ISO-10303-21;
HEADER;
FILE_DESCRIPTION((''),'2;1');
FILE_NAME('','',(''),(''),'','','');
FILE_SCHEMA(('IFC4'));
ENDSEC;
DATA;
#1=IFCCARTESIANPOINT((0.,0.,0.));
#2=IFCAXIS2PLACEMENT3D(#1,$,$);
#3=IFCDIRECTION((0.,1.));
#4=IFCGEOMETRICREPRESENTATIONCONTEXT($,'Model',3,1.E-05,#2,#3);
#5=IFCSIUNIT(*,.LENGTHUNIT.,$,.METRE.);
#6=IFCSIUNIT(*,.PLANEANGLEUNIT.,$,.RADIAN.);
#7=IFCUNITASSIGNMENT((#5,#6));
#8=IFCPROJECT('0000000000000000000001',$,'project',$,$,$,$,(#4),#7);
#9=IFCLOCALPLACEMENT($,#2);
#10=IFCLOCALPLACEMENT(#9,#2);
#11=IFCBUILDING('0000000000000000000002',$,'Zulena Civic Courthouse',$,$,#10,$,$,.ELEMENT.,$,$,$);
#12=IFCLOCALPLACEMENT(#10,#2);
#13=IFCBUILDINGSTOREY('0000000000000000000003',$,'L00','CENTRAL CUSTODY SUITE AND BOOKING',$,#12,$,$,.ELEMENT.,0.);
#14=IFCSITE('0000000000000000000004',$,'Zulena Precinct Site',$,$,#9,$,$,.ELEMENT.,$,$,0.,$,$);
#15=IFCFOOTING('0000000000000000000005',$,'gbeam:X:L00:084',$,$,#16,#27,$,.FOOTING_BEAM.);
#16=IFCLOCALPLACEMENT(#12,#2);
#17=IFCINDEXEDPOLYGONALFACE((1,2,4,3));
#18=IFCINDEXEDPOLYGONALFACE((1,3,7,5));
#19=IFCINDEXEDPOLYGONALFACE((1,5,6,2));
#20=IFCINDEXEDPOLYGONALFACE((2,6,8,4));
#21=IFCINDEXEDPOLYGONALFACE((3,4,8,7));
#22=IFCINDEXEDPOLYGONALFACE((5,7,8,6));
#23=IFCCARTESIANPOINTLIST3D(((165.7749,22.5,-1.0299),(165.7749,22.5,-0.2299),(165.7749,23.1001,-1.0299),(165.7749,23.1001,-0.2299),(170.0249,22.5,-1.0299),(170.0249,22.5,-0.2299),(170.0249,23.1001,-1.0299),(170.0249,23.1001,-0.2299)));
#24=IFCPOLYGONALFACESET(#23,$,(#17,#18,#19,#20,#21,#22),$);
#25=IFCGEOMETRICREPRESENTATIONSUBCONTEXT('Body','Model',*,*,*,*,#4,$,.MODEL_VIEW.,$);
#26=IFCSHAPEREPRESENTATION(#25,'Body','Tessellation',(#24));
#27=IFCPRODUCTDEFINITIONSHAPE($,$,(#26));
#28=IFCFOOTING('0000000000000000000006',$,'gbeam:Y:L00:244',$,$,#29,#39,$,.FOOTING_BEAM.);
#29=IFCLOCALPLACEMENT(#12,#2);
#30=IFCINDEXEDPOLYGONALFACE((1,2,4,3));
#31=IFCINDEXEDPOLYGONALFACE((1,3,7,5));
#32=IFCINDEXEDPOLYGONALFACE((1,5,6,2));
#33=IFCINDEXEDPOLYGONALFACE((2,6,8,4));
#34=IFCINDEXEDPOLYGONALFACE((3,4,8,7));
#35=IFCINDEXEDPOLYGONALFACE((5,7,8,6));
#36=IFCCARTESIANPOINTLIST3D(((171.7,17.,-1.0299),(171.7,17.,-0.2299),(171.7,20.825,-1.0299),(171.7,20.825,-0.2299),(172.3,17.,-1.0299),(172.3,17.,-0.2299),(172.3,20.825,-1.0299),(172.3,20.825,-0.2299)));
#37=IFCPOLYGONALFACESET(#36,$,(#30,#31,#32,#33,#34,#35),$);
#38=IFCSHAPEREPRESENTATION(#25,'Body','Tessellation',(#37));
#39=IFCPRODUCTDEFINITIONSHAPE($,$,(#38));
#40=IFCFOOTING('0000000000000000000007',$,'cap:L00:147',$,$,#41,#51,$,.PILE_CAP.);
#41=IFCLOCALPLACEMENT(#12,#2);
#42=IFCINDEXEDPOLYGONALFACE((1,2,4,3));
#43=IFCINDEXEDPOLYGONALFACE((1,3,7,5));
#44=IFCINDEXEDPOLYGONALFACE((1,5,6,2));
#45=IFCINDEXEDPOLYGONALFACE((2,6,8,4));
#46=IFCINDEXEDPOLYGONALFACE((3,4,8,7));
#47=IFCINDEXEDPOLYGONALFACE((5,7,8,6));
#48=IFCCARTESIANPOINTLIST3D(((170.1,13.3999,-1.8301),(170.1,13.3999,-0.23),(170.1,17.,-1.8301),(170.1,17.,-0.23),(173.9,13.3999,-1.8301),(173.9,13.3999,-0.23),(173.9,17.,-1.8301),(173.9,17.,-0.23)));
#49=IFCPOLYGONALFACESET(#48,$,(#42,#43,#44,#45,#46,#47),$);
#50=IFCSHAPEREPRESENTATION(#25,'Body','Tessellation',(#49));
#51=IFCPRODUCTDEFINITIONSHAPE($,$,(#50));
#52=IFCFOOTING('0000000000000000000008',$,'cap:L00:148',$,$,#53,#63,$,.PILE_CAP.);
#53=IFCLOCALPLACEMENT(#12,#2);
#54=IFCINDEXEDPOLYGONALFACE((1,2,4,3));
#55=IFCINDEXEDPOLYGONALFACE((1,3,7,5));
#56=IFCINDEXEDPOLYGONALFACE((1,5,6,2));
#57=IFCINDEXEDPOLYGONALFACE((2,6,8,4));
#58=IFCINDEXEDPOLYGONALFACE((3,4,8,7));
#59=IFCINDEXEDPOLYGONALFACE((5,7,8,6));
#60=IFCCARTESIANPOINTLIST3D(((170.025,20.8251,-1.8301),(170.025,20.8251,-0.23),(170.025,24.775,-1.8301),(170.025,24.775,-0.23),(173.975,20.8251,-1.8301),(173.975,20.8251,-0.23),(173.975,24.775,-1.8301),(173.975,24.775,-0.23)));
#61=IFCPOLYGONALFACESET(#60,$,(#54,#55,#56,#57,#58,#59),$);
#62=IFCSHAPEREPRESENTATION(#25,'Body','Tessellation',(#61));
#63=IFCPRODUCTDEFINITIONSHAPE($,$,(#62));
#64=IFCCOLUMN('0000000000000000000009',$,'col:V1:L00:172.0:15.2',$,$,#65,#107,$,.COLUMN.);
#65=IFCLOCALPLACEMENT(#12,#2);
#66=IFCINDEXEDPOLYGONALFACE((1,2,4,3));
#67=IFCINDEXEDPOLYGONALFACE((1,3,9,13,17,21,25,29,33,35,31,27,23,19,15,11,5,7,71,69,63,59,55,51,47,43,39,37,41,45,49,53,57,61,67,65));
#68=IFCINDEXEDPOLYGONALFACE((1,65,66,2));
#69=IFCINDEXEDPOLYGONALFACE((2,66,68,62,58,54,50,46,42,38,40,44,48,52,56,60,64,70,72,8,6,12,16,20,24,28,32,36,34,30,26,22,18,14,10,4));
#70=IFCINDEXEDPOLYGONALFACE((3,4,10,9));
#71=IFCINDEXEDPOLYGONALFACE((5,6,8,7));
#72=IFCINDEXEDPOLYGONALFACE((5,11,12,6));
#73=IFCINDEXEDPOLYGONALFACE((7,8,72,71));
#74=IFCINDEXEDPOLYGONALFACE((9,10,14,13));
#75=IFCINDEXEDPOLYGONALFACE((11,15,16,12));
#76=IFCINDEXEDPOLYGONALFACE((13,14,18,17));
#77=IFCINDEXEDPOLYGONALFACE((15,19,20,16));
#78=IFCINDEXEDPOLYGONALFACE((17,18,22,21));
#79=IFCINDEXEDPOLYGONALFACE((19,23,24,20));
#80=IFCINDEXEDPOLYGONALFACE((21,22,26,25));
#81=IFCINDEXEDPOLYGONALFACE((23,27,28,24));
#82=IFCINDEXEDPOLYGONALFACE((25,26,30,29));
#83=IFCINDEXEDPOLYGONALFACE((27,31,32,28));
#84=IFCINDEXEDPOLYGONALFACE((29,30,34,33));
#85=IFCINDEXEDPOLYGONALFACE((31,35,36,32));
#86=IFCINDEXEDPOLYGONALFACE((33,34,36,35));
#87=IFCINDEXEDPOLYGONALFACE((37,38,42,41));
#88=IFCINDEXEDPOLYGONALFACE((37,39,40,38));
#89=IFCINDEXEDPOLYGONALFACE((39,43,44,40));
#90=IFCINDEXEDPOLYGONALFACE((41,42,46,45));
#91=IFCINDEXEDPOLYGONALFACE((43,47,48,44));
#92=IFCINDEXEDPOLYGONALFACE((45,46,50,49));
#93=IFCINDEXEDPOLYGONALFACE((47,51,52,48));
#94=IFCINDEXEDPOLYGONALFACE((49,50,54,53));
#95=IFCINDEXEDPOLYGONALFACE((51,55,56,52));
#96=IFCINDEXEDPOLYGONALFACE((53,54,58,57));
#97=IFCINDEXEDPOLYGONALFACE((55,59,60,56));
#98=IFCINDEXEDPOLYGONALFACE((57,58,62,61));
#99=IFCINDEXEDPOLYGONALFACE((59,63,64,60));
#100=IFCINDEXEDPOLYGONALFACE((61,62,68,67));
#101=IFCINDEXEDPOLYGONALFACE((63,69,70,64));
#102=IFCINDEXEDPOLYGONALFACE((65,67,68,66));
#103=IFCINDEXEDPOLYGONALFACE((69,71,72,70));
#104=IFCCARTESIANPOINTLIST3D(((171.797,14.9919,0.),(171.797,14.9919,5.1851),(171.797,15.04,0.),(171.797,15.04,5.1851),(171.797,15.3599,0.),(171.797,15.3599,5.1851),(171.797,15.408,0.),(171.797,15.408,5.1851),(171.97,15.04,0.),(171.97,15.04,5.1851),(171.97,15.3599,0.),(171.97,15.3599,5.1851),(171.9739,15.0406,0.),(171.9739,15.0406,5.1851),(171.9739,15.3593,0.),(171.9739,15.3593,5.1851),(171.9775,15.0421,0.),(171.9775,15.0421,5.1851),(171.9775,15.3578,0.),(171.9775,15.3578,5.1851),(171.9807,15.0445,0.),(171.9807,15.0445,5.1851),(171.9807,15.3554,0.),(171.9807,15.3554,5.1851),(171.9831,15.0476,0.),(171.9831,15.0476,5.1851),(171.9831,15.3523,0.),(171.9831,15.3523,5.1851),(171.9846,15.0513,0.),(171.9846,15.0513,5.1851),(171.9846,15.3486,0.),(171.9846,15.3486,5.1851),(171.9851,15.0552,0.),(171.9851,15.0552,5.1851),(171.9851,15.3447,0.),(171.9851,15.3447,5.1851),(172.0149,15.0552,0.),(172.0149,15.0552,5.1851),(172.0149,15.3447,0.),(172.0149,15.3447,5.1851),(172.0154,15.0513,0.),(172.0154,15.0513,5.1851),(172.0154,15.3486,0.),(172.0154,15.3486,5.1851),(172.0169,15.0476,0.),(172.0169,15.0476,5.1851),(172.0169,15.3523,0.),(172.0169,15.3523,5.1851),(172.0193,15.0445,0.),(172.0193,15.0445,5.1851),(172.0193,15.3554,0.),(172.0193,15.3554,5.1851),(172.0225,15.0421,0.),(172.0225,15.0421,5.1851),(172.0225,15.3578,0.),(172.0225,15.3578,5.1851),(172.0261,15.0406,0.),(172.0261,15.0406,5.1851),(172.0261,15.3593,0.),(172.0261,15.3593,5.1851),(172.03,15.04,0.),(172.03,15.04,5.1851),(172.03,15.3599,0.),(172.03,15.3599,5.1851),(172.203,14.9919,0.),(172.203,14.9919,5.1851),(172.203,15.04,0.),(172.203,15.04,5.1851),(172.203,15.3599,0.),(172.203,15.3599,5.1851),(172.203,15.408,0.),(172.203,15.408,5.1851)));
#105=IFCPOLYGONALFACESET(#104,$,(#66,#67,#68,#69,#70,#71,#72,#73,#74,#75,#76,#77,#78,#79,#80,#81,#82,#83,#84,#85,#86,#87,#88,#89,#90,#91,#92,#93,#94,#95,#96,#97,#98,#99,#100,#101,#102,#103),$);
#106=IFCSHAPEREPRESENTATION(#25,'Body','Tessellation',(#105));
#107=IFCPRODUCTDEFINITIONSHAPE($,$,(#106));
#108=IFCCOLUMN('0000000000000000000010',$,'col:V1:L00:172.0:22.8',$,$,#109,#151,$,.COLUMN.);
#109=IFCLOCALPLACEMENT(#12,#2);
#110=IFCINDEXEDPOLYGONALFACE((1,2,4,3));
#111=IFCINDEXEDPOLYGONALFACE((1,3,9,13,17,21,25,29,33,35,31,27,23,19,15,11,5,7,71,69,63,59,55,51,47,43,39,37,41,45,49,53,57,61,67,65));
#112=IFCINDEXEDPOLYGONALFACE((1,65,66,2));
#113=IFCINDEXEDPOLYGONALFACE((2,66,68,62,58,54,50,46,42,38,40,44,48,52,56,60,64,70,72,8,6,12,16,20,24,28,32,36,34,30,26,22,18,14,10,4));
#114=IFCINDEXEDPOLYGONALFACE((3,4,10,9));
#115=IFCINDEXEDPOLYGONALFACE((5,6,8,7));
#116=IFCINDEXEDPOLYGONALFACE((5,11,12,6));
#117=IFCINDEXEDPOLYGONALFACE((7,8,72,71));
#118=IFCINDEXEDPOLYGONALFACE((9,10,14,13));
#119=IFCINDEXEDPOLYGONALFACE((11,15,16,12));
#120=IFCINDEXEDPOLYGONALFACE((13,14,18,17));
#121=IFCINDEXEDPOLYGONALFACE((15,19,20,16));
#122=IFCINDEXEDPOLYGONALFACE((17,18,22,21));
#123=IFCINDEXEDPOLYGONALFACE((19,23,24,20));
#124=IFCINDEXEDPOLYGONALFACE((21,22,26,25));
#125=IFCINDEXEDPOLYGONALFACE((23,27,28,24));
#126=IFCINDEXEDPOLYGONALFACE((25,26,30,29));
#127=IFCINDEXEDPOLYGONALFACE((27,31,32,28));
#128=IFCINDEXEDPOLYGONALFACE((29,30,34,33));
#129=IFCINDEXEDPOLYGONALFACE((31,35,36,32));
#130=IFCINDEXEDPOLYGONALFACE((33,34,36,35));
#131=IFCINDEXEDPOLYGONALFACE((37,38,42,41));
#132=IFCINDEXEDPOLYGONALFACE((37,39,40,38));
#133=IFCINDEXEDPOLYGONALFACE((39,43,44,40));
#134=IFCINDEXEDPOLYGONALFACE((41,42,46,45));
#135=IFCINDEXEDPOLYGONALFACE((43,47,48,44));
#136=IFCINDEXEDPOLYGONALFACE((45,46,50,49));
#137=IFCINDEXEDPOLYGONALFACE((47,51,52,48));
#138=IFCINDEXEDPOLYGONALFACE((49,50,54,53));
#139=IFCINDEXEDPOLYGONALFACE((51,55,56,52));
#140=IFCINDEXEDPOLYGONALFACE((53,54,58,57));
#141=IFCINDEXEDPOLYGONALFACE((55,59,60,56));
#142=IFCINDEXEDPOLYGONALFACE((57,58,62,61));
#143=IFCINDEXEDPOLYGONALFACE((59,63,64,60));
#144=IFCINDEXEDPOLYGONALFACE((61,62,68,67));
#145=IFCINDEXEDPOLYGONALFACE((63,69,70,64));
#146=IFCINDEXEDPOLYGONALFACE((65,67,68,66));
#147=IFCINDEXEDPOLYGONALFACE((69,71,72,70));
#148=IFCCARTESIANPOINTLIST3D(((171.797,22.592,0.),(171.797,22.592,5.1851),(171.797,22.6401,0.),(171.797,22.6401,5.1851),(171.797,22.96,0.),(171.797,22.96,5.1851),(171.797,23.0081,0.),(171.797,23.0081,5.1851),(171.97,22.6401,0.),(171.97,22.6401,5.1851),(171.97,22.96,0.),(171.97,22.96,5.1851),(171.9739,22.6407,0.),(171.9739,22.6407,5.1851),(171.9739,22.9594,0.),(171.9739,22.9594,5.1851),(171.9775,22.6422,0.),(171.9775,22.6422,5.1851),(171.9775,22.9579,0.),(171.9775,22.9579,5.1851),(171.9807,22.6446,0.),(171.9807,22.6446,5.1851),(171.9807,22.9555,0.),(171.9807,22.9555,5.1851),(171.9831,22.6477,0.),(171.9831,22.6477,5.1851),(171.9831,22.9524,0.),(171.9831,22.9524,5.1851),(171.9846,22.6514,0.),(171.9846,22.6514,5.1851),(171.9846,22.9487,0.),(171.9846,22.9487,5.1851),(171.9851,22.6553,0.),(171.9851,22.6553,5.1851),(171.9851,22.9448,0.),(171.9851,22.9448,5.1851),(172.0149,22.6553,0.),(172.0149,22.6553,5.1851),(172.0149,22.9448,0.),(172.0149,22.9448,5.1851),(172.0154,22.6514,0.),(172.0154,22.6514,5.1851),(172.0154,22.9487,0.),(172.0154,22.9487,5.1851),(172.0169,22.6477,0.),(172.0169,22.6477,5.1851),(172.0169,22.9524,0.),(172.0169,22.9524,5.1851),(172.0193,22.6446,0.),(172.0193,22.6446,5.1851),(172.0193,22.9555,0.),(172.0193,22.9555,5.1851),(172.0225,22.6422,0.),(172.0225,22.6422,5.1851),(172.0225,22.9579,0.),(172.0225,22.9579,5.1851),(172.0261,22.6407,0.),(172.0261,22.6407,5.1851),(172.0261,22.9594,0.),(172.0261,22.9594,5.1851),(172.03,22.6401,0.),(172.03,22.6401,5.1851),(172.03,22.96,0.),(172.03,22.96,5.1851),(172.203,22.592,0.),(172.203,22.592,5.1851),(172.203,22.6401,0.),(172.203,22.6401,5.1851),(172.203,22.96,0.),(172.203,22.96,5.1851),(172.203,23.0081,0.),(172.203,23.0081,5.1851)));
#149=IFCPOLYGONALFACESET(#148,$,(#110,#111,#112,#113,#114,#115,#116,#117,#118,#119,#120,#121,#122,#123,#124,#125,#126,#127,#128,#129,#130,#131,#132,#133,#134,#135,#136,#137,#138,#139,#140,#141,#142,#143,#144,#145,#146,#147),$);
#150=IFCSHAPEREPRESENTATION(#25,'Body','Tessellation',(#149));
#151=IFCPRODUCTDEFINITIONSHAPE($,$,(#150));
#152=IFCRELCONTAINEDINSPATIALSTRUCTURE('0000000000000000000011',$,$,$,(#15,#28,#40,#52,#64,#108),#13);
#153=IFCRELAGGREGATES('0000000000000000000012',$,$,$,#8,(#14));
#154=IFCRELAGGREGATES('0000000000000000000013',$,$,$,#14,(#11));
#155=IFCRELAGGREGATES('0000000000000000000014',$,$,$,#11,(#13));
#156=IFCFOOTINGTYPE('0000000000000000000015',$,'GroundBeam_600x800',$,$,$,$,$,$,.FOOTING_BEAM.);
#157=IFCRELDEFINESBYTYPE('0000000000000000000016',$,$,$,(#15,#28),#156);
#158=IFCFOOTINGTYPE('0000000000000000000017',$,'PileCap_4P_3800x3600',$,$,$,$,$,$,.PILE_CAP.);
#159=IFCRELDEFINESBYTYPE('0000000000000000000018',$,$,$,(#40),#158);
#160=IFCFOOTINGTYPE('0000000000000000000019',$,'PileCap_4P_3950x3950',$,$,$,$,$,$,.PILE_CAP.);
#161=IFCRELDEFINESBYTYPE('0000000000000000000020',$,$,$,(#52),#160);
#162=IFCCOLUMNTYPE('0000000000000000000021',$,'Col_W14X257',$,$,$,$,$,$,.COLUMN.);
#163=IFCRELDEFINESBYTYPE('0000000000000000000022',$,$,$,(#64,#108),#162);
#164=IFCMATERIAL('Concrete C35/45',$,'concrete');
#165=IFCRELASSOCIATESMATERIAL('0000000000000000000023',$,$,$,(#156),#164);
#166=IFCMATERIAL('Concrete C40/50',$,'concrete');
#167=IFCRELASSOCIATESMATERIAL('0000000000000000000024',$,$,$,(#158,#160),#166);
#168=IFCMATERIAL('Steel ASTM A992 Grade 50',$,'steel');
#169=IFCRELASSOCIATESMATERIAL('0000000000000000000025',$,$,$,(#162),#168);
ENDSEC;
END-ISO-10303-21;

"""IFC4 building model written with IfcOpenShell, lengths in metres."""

from ifc_helpers import new_model, si_unit, direction, frame, origin, origin_2d, place, context, subcontext, project, spatial, rectangle, i_section, extrude, material, material_profile, profile_set, type_object, element, save


model = new_model("IFC4")

# Units and contexts
model_context = context("Model", 3, precision=1e-05, world=origin(), true_north=direction((0.0, 1.0)))
body_context = subcontext(model_context, "Body", "Model", "MODEL_VIEW")
ifc_project = project(units=[si_unit("LENGTHUNIT", "METRE"), si_unit("PLANEANGLEUNIT", "RADIAN")], contexts=[model_context])

# Site, building, storey
site_placement = place(None, origin())
site = spatial("IfcSite", under=ifc_project, at=site_placement, Name="Zulena Precinct Site", CompositionType="ELEMENT", RefElevation=0.0)
building_placement = place(site_placement, origin())
building = spatial("IfcBuilding", under=site, at=building_placement, Name="Zulena Civic Courthouse", CompositionType="ELEMENT")
storey_placement = place(building_placement, origin())
storey = spatial("IfcBuildingStorey", under=building, at=storey_placement, Name="L00", Description="CENTRAL CUSTODY SUITE AND BOOKING", CompositionType="ELEMENT", Elevation=0.0)

# Shared definitions
ifc_material_1 = material(Name="Concrete C40/50", Category="concrete")

# Footings
ifc_material_2 = material(Name="Concrete C35/45", Category="concrete")
ifc_material_profile_1 = material_profile(ifc_material_2, rectangle(XDim=0.6001, YDim=0.8, at=origin_2d()), Name="RC600X800")
ifc_profile_set_1 = profile_set([ifc_material_profile_1], Name="Concrete C35/45")
footing_type_1 = type_object("IfcFootingType", Name="GroundBeam_600x800", PredefinedType="FOOTING_BEAM", material=ifc_profile_set_1)
footing_1_placement = place(storey_placement, frame((165.7749, 22.8, -0.6299), z_axis=(1.0, 0.0, 0.0), x_axis=(0.0, 1.0, 0.0)))
element("IfcFooting", 1, at=footing_1_placement, inside=storey, type_object=footing_type_1, Name="gbeam:X:L00:084", PredefinedType="FOOTING_BEAM", context=body_context, shape_type="SweptSolid", body=[
    extrude(rectangle(XDim=0.6001, YDim=0.8, at=origin_2d()), origin(), (0.0, 0.0, 1.0), 4.25),
])
footing_2_placement = place(storey_placement, frame((172.0, 17.0, -0.6299), z_axis=(0.0, 1.0, 0.0), x_axis=(-1.0, 0.0, 0.0)))
element("IfcFooting", 2, at=footing_2_placement, inside=storey, type_object=footing_type_1, Name="gbeam:Y:L00:244", PredefinedType="FOOTING_BEAM", context=body_context, shape_type="SweptSolid", body=[
    extrude(rectangle(XDim=0.6001, YDim=0.8, at=origin_2d()), origin(), (0.0, 0.0, 1.0), 3.825),
])
footing_type_2 = type_object("IfcFootingType", Name="PileCap_4P_3800x3600", PredefinedType="PILE_CAP", material=ifc_material_1)
footing_3_placement = place(storey_placement, frame((172.0, 15.2, -1.8301), z_axis=(0.0, 0.0, 1.0), x_axis=(1.0, 0.0, 0.0)))
element("IfcFooting", 3, at=footing_3_placement, inside=storey, type_object=footing_type_2, Name="cap:L00:147", PredefinedType="PILE_CAP", context=body_context, shape_type="SweptSolid", body=[
    extrude(rectangle(XDim=3.8, YDim=3.6001, at=origin_2d()), origin(), (0.0, 0.0, 1.0), 1.6001),
])
footing_type_3 = type_object("IfcFootingType", Name="PileCap_4P_3950x3950", PredefinedType="PILE_CAP", material=ifc_material_1)
footing_4_placement = place(storey_placement, frame((172.0, 22.8, -1.8301), z_axis=(0.0, 0.0, 1.0), x_axis=(1.0, 0.0, 0.0)))
element("IfcFooting", 4, at=footing_4_placement, inside=storey, type_object=footing_type_3, Name="cap:L00:148", PredefinedType="PILE_CAP", context=body_context, shape_type="SweptSolid", body=[
    extrude(rectangle(XDim=3.95, YDim=3.95, at=origin_2d()), origin(), (0.0, 0.0, 1.0), 1.6001),
])

# Columns
ifc_material_3 = material(Name="Steel ASTM A992 Grade 50", Category="steel")
ifc_material_profile_2 = material_profile(ifc_material_3, i_section(OverallWidth=0.406, OverallDepth=0.416, WebThickness=0.0298, FlangeThickness=0.0481, FilletRadius=0.0151, at=origin_2d()), Name="W14X257")
ifc_profile_set_2 = profile_set([ifc_material_profile_2], Name="Steel ASTM A992 Grade 50")
column_type = type_object("IfcColumnType", Name="Col_W14X257", PredefinedType="COLUMN", material=ifc_profile_set_2)
for number, where, z_axis, x_axis, name in (
    (5, (172.0, 15.2, 0.0), (0.0, 0.0, 1.0), (1.0, 0.0, 0.0), "col:V1:L00:172.0:15.2"),
    (6, (172.0, 22.8, 0.0), (0.0, 0.0, 1.0), (1.0, 0.0, 0.0), "col:V1:L00:172.0:22.8"),
):
    element("IfcColumn", number, at=place(storey_placement, frame(where, z_axis=z_axis, x_axis=x_axis)), inside=storey, type_object=column_type, Name=name, PredefinedType="COLUMN", context=body_context, shape_type="SweptSolid", body=[
        extrude(i_section(OverallWidth=0.406, OverallDepth=0.416, WebThickness=0.0298, FlangeThickness=0.0481, FilletRadius=0.0151, at=origin_2d()), origin(), (0.0, 0.0, 1.0), 5.1851),
    ])

save(model, "model.ifc")
